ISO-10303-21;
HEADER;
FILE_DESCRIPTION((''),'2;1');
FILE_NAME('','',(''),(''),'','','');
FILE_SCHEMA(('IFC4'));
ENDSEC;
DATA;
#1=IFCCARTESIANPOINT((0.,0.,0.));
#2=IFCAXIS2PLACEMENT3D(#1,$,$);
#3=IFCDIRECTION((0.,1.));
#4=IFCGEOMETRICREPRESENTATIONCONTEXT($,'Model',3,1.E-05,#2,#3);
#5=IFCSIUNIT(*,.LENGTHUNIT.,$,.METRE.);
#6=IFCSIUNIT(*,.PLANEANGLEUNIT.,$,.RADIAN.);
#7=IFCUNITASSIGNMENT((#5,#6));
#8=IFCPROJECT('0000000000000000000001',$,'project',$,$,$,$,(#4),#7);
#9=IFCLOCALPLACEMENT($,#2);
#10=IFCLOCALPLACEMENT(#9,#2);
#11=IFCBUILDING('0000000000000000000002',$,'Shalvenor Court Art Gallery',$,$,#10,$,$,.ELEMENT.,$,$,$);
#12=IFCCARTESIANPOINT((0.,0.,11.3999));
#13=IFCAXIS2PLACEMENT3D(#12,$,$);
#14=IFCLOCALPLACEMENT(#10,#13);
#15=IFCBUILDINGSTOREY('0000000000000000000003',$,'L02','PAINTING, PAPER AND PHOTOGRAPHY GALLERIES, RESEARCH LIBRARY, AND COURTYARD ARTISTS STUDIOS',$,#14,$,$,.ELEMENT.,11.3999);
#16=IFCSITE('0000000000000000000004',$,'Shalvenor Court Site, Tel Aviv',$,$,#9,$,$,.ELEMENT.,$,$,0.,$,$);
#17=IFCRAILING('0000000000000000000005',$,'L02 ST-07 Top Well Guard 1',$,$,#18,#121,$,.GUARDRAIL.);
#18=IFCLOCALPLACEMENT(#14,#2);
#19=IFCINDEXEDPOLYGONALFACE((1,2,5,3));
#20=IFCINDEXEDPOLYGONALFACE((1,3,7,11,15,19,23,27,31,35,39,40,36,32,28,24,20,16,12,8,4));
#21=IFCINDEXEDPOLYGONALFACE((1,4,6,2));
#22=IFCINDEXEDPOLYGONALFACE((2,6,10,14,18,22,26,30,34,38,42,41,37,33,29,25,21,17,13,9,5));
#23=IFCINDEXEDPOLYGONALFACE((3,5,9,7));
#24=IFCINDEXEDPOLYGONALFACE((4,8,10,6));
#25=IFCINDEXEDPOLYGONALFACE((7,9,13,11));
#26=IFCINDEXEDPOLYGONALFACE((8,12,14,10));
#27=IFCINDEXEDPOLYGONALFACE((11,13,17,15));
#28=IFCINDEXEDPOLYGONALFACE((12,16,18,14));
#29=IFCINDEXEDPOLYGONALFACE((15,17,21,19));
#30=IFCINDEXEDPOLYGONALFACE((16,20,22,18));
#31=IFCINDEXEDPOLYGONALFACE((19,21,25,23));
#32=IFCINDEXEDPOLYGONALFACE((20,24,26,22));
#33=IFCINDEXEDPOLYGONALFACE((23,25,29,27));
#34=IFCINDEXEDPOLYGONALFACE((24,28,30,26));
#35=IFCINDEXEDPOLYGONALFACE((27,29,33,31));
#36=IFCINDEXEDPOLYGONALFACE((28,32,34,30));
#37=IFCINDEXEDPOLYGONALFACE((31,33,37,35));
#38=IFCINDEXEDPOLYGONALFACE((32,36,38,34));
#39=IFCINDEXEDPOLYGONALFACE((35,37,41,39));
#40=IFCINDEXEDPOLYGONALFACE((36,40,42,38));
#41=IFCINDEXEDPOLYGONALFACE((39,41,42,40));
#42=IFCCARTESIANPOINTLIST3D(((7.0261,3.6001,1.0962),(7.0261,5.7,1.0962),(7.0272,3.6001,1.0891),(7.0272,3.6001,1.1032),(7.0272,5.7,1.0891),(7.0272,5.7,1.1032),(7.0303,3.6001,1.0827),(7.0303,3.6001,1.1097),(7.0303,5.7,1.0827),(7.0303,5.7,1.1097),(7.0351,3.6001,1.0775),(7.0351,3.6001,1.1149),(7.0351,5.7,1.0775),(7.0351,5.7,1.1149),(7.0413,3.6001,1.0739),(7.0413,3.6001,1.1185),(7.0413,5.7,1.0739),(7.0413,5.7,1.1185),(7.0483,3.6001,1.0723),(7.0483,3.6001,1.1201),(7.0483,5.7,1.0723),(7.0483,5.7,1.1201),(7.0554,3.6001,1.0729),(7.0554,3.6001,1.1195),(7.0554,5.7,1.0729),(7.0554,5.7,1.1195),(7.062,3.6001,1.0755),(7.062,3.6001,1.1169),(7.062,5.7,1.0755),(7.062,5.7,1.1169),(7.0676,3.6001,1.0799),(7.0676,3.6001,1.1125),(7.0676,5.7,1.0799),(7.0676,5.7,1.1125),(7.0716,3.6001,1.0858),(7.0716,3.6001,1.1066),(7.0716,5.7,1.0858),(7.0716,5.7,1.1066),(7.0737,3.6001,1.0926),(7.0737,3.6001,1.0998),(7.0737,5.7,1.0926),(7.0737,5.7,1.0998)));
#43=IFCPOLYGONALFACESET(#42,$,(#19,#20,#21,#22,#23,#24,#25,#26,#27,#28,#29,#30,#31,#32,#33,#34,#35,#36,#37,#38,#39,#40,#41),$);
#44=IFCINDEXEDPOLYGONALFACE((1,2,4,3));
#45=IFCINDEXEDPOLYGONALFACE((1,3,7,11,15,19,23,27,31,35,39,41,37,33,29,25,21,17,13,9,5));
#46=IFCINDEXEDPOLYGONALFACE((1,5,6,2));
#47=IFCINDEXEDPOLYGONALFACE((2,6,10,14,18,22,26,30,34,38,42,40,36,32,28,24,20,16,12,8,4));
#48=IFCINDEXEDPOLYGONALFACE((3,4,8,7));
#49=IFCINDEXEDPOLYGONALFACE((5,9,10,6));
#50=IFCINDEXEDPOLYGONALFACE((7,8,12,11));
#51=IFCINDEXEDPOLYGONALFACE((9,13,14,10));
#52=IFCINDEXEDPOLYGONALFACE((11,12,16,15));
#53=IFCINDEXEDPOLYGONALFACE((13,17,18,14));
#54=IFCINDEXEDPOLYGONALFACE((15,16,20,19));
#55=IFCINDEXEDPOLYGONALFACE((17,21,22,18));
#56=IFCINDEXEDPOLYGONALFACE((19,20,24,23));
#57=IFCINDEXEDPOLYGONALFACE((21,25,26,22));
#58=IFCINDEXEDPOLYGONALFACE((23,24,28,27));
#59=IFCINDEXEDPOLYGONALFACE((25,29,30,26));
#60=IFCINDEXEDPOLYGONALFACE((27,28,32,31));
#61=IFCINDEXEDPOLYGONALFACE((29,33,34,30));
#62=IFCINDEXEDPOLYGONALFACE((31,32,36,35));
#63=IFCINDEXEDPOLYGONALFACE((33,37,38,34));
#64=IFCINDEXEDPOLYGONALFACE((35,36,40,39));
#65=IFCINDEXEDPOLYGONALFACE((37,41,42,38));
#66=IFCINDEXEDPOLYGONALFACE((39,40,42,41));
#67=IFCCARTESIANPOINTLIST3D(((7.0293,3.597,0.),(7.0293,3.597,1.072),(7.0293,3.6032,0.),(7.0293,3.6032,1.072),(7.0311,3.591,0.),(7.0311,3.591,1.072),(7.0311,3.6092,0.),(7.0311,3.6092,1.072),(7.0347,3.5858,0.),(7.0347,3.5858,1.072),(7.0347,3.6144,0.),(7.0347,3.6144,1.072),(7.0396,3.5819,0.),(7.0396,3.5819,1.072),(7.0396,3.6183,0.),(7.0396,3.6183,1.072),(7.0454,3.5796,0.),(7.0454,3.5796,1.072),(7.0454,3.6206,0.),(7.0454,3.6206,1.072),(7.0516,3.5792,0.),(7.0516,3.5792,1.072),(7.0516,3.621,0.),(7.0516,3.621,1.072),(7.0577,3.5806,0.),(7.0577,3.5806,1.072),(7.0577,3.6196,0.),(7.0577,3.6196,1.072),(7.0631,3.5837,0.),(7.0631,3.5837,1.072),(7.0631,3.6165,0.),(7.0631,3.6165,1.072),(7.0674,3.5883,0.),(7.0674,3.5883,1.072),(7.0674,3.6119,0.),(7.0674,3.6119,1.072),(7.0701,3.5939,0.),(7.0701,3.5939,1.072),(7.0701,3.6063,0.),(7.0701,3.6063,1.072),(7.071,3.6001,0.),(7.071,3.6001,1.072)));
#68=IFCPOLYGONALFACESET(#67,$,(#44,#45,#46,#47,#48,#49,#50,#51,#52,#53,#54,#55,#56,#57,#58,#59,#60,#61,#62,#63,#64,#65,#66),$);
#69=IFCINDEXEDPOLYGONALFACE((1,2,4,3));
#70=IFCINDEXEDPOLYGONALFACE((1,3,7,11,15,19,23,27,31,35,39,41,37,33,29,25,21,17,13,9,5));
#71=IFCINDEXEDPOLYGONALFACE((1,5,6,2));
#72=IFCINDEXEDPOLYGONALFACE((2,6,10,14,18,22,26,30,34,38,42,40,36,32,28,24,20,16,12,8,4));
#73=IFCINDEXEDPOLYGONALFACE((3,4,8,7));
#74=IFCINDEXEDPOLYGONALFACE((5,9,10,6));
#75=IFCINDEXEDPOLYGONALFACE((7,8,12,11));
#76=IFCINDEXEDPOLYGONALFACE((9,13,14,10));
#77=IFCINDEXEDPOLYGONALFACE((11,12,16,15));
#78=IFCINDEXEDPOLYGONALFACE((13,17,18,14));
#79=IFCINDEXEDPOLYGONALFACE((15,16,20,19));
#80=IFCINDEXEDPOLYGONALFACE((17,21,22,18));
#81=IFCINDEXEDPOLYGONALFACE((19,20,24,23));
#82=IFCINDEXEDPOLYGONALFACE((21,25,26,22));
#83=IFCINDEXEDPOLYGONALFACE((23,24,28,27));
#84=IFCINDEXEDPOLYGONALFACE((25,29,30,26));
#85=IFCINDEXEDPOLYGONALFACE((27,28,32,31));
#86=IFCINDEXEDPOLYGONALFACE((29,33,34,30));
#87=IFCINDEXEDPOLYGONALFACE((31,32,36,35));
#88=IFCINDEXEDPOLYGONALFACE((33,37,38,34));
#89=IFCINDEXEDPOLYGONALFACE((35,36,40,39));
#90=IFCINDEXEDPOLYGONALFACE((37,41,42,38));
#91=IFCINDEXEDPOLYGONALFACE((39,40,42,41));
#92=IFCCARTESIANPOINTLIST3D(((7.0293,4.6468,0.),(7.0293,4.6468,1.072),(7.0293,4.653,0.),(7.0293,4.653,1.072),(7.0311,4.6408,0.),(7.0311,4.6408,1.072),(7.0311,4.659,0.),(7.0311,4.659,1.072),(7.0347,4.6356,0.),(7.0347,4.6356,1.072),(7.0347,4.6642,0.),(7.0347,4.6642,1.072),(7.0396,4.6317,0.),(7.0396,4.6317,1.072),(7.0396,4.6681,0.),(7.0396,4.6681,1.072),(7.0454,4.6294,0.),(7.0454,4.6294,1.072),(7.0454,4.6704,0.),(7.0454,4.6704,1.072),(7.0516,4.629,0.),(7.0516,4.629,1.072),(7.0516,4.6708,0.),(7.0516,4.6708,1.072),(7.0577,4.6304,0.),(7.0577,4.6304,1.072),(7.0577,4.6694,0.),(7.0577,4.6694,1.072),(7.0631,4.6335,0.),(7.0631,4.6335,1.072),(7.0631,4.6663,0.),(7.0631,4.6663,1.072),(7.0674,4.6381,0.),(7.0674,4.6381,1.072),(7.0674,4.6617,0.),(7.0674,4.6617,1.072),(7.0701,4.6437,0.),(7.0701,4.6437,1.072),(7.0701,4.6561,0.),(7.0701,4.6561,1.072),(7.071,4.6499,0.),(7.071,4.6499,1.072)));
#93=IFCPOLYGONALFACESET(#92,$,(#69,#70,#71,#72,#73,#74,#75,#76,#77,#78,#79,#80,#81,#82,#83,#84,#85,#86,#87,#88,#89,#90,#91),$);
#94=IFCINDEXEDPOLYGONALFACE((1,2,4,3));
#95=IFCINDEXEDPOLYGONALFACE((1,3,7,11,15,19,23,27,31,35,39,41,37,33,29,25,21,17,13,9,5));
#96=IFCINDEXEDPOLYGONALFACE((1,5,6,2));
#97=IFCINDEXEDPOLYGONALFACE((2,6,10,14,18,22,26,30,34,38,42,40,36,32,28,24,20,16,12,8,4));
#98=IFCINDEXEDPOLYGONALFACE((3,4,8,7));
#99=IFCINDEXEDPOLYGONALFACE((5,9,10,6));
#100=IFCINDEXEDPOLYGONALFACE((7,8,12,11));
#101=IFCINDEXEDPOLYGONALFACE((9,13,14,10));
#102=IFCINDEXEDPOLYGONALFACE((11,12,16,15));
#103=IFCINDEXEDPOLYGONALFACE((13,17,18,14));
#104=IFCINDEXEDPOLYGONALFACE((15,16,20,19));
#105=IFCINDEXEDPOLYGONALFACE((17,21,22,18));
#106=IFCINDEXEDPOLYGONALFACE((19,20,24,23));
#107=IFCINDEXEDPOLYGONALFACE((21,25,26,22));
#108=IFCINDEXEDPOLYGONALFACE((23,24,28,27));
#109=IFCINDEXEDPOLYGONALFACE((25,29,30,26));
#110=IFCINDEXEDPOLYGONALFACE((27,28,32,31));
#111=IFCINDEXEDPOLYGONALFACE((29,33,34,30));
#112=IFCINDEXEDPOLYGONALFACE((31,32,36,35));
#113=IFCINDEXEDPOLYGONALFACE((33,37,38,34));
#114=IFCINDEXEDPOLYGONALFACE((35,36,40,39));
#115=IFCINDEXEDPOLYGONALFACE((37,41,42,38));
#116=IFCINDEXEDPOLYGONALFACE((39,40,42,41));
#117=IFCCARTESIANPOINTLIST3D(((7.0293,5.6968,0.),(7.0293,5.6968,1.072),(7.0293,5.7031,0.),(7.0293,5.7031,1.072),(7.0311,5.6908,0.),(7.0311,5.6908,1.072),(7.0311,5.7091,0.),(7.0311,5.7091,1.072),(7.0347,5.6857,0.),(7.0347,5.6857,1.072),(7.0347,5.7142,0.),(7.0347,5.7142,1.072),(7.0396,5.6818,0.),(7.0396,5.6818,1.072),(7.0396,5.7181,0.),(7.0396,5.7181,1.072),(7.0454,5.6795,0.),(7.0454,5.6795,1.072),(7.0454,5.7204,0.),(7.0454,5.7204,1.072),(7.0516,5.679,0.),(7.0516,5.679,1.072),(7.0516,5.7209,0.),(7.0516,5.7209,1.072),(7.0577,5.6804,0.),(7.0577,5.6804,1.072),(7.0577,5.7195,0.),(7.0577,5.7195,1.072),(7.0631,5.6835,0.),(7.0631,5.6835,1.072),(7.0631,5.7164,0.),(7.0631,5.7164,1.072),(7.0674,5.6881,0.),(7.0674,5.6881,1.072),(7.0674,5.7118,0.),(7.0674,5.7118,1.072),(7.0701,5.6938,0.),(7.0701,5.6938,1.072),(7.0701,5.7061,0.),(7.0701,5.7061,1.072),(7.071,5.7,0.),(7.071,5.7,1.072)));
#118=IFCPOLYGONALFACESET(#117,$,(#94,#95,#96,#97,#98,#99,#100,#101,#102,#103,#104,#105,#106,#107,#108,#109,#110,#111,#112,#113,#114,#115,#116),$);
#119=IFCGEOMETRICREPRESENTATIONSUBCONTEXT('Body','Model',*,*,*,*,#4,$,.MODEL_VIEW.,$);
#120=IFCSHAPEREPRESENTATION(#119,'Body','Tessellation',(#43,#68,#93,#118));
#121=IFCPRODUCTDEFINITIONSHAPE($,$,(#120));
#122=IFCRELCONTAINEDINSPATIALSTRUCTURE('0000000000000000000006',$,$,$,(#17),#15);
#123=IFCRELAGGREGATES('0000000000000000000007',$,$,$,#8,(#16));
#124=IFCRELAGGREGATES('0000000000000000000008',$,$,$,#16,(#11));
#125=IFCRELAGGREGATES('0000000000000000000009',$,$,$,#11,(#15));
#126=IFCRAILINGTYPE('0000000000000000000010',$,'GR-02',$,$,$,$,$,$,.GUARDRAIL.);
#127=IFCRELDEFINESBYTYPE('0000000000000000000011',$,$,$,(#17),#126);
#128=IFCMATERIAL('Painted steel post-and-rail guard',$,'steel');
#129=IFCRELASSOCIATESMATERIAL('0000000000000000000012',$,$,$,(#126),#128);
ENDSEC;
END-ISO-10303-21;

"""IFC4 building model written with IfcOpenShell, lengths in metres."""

from ifc_helpers import new_model, si_unit, direction, frame, origin, origin_2d, place, context, subcontext, project, spatial, circle, extrude, material, type_object, element, save


model = new_model("IFC4")

# Units and contexts
model_context = context("Model", 3, precision=1e-05, world=origin(), true_north=direction((0.0, 1.0)))
body_context = subcontext(model_context, "Body", "Model", "MODEL_VIEW")
ifc_project = project(units=[si_unit("LENGTHUNIT", "METRE"), si_unit("PLANEANGLEUNIT", "RADIAN")], contexts=[model_context])

# Site, building, storey
site_placement = place(None, origin())
site = spatial("IfcSite", under=ifc_project, at=site_placement, Name="Shalvenor Court Site, Tel Aviv", CompositionType="ELEMENT", RefElevation=0.0)
building_placement = place(site_placement, origin())
building = spatial("IfcBuilding", under=site, at=building_placement, Name="Shalvenor Court Art Gallery", CompositionType="ELEMENT")
storey_placement = place(building_placement, frame((0.0, 0.0, 11.3999)))
storey = spatial("IfcBuildingStorey", under=building, at=storey_placement, Name="L02", Description="PAINTING, PAPER AND PHOTOGRAPHY GALLERIES, RESEARCH LIBRARY, AND COURTYARD ARTISTS STUDIOS", CompositionType="ELEMENT", Elevation=11.3999)

# Railing
ifc_material_1 = material(Name="Painted steel post-and-rail guard", Category="steel")
railing_type = type_object("IfcRailingType", Name="GR-02", PredefinedType="GUARDRAIL", material=ifc_material_1)
railing_placement = place(storey_placement, frame((7.05, 3.6001, 0.0)))
element("IfcRailing", 1, at=railing_placement, inside=storey, type_object=railing_type, Name="L02 ST-07 Top Well Guard 1", PredefinedType="GUARDRAIL", context=body_context, shape_type="SweptSolid", body=[
    extrude(circle(Radius=0.0239, at=origin_2d()), frame((0.0, 0.0, 1.0962), z_axis=(0.0, 1.0, 0.0), x_axis=(-1.0, 0.0, 0.0)), (0.0, 0.0, 1.0), 2.0999),
    extrude(circle(Radius=0.021, at=origin_2d()), origin(), (0.0, 0.0, 1.0), 1.072),
    extrude(circle(Radius=0.021, at=origin_2d()), frame((0.0, 1.0498, 0.0)), (0.0, 0.0, 1.0), 1.072),
    extrude(circle(Radius=0.021, at=origin_2d()), frame((0.0, 2.0999, 0.0)), (0.0, 0.0, 1.0), 1.072),
])

save(model, "model.ifc")
